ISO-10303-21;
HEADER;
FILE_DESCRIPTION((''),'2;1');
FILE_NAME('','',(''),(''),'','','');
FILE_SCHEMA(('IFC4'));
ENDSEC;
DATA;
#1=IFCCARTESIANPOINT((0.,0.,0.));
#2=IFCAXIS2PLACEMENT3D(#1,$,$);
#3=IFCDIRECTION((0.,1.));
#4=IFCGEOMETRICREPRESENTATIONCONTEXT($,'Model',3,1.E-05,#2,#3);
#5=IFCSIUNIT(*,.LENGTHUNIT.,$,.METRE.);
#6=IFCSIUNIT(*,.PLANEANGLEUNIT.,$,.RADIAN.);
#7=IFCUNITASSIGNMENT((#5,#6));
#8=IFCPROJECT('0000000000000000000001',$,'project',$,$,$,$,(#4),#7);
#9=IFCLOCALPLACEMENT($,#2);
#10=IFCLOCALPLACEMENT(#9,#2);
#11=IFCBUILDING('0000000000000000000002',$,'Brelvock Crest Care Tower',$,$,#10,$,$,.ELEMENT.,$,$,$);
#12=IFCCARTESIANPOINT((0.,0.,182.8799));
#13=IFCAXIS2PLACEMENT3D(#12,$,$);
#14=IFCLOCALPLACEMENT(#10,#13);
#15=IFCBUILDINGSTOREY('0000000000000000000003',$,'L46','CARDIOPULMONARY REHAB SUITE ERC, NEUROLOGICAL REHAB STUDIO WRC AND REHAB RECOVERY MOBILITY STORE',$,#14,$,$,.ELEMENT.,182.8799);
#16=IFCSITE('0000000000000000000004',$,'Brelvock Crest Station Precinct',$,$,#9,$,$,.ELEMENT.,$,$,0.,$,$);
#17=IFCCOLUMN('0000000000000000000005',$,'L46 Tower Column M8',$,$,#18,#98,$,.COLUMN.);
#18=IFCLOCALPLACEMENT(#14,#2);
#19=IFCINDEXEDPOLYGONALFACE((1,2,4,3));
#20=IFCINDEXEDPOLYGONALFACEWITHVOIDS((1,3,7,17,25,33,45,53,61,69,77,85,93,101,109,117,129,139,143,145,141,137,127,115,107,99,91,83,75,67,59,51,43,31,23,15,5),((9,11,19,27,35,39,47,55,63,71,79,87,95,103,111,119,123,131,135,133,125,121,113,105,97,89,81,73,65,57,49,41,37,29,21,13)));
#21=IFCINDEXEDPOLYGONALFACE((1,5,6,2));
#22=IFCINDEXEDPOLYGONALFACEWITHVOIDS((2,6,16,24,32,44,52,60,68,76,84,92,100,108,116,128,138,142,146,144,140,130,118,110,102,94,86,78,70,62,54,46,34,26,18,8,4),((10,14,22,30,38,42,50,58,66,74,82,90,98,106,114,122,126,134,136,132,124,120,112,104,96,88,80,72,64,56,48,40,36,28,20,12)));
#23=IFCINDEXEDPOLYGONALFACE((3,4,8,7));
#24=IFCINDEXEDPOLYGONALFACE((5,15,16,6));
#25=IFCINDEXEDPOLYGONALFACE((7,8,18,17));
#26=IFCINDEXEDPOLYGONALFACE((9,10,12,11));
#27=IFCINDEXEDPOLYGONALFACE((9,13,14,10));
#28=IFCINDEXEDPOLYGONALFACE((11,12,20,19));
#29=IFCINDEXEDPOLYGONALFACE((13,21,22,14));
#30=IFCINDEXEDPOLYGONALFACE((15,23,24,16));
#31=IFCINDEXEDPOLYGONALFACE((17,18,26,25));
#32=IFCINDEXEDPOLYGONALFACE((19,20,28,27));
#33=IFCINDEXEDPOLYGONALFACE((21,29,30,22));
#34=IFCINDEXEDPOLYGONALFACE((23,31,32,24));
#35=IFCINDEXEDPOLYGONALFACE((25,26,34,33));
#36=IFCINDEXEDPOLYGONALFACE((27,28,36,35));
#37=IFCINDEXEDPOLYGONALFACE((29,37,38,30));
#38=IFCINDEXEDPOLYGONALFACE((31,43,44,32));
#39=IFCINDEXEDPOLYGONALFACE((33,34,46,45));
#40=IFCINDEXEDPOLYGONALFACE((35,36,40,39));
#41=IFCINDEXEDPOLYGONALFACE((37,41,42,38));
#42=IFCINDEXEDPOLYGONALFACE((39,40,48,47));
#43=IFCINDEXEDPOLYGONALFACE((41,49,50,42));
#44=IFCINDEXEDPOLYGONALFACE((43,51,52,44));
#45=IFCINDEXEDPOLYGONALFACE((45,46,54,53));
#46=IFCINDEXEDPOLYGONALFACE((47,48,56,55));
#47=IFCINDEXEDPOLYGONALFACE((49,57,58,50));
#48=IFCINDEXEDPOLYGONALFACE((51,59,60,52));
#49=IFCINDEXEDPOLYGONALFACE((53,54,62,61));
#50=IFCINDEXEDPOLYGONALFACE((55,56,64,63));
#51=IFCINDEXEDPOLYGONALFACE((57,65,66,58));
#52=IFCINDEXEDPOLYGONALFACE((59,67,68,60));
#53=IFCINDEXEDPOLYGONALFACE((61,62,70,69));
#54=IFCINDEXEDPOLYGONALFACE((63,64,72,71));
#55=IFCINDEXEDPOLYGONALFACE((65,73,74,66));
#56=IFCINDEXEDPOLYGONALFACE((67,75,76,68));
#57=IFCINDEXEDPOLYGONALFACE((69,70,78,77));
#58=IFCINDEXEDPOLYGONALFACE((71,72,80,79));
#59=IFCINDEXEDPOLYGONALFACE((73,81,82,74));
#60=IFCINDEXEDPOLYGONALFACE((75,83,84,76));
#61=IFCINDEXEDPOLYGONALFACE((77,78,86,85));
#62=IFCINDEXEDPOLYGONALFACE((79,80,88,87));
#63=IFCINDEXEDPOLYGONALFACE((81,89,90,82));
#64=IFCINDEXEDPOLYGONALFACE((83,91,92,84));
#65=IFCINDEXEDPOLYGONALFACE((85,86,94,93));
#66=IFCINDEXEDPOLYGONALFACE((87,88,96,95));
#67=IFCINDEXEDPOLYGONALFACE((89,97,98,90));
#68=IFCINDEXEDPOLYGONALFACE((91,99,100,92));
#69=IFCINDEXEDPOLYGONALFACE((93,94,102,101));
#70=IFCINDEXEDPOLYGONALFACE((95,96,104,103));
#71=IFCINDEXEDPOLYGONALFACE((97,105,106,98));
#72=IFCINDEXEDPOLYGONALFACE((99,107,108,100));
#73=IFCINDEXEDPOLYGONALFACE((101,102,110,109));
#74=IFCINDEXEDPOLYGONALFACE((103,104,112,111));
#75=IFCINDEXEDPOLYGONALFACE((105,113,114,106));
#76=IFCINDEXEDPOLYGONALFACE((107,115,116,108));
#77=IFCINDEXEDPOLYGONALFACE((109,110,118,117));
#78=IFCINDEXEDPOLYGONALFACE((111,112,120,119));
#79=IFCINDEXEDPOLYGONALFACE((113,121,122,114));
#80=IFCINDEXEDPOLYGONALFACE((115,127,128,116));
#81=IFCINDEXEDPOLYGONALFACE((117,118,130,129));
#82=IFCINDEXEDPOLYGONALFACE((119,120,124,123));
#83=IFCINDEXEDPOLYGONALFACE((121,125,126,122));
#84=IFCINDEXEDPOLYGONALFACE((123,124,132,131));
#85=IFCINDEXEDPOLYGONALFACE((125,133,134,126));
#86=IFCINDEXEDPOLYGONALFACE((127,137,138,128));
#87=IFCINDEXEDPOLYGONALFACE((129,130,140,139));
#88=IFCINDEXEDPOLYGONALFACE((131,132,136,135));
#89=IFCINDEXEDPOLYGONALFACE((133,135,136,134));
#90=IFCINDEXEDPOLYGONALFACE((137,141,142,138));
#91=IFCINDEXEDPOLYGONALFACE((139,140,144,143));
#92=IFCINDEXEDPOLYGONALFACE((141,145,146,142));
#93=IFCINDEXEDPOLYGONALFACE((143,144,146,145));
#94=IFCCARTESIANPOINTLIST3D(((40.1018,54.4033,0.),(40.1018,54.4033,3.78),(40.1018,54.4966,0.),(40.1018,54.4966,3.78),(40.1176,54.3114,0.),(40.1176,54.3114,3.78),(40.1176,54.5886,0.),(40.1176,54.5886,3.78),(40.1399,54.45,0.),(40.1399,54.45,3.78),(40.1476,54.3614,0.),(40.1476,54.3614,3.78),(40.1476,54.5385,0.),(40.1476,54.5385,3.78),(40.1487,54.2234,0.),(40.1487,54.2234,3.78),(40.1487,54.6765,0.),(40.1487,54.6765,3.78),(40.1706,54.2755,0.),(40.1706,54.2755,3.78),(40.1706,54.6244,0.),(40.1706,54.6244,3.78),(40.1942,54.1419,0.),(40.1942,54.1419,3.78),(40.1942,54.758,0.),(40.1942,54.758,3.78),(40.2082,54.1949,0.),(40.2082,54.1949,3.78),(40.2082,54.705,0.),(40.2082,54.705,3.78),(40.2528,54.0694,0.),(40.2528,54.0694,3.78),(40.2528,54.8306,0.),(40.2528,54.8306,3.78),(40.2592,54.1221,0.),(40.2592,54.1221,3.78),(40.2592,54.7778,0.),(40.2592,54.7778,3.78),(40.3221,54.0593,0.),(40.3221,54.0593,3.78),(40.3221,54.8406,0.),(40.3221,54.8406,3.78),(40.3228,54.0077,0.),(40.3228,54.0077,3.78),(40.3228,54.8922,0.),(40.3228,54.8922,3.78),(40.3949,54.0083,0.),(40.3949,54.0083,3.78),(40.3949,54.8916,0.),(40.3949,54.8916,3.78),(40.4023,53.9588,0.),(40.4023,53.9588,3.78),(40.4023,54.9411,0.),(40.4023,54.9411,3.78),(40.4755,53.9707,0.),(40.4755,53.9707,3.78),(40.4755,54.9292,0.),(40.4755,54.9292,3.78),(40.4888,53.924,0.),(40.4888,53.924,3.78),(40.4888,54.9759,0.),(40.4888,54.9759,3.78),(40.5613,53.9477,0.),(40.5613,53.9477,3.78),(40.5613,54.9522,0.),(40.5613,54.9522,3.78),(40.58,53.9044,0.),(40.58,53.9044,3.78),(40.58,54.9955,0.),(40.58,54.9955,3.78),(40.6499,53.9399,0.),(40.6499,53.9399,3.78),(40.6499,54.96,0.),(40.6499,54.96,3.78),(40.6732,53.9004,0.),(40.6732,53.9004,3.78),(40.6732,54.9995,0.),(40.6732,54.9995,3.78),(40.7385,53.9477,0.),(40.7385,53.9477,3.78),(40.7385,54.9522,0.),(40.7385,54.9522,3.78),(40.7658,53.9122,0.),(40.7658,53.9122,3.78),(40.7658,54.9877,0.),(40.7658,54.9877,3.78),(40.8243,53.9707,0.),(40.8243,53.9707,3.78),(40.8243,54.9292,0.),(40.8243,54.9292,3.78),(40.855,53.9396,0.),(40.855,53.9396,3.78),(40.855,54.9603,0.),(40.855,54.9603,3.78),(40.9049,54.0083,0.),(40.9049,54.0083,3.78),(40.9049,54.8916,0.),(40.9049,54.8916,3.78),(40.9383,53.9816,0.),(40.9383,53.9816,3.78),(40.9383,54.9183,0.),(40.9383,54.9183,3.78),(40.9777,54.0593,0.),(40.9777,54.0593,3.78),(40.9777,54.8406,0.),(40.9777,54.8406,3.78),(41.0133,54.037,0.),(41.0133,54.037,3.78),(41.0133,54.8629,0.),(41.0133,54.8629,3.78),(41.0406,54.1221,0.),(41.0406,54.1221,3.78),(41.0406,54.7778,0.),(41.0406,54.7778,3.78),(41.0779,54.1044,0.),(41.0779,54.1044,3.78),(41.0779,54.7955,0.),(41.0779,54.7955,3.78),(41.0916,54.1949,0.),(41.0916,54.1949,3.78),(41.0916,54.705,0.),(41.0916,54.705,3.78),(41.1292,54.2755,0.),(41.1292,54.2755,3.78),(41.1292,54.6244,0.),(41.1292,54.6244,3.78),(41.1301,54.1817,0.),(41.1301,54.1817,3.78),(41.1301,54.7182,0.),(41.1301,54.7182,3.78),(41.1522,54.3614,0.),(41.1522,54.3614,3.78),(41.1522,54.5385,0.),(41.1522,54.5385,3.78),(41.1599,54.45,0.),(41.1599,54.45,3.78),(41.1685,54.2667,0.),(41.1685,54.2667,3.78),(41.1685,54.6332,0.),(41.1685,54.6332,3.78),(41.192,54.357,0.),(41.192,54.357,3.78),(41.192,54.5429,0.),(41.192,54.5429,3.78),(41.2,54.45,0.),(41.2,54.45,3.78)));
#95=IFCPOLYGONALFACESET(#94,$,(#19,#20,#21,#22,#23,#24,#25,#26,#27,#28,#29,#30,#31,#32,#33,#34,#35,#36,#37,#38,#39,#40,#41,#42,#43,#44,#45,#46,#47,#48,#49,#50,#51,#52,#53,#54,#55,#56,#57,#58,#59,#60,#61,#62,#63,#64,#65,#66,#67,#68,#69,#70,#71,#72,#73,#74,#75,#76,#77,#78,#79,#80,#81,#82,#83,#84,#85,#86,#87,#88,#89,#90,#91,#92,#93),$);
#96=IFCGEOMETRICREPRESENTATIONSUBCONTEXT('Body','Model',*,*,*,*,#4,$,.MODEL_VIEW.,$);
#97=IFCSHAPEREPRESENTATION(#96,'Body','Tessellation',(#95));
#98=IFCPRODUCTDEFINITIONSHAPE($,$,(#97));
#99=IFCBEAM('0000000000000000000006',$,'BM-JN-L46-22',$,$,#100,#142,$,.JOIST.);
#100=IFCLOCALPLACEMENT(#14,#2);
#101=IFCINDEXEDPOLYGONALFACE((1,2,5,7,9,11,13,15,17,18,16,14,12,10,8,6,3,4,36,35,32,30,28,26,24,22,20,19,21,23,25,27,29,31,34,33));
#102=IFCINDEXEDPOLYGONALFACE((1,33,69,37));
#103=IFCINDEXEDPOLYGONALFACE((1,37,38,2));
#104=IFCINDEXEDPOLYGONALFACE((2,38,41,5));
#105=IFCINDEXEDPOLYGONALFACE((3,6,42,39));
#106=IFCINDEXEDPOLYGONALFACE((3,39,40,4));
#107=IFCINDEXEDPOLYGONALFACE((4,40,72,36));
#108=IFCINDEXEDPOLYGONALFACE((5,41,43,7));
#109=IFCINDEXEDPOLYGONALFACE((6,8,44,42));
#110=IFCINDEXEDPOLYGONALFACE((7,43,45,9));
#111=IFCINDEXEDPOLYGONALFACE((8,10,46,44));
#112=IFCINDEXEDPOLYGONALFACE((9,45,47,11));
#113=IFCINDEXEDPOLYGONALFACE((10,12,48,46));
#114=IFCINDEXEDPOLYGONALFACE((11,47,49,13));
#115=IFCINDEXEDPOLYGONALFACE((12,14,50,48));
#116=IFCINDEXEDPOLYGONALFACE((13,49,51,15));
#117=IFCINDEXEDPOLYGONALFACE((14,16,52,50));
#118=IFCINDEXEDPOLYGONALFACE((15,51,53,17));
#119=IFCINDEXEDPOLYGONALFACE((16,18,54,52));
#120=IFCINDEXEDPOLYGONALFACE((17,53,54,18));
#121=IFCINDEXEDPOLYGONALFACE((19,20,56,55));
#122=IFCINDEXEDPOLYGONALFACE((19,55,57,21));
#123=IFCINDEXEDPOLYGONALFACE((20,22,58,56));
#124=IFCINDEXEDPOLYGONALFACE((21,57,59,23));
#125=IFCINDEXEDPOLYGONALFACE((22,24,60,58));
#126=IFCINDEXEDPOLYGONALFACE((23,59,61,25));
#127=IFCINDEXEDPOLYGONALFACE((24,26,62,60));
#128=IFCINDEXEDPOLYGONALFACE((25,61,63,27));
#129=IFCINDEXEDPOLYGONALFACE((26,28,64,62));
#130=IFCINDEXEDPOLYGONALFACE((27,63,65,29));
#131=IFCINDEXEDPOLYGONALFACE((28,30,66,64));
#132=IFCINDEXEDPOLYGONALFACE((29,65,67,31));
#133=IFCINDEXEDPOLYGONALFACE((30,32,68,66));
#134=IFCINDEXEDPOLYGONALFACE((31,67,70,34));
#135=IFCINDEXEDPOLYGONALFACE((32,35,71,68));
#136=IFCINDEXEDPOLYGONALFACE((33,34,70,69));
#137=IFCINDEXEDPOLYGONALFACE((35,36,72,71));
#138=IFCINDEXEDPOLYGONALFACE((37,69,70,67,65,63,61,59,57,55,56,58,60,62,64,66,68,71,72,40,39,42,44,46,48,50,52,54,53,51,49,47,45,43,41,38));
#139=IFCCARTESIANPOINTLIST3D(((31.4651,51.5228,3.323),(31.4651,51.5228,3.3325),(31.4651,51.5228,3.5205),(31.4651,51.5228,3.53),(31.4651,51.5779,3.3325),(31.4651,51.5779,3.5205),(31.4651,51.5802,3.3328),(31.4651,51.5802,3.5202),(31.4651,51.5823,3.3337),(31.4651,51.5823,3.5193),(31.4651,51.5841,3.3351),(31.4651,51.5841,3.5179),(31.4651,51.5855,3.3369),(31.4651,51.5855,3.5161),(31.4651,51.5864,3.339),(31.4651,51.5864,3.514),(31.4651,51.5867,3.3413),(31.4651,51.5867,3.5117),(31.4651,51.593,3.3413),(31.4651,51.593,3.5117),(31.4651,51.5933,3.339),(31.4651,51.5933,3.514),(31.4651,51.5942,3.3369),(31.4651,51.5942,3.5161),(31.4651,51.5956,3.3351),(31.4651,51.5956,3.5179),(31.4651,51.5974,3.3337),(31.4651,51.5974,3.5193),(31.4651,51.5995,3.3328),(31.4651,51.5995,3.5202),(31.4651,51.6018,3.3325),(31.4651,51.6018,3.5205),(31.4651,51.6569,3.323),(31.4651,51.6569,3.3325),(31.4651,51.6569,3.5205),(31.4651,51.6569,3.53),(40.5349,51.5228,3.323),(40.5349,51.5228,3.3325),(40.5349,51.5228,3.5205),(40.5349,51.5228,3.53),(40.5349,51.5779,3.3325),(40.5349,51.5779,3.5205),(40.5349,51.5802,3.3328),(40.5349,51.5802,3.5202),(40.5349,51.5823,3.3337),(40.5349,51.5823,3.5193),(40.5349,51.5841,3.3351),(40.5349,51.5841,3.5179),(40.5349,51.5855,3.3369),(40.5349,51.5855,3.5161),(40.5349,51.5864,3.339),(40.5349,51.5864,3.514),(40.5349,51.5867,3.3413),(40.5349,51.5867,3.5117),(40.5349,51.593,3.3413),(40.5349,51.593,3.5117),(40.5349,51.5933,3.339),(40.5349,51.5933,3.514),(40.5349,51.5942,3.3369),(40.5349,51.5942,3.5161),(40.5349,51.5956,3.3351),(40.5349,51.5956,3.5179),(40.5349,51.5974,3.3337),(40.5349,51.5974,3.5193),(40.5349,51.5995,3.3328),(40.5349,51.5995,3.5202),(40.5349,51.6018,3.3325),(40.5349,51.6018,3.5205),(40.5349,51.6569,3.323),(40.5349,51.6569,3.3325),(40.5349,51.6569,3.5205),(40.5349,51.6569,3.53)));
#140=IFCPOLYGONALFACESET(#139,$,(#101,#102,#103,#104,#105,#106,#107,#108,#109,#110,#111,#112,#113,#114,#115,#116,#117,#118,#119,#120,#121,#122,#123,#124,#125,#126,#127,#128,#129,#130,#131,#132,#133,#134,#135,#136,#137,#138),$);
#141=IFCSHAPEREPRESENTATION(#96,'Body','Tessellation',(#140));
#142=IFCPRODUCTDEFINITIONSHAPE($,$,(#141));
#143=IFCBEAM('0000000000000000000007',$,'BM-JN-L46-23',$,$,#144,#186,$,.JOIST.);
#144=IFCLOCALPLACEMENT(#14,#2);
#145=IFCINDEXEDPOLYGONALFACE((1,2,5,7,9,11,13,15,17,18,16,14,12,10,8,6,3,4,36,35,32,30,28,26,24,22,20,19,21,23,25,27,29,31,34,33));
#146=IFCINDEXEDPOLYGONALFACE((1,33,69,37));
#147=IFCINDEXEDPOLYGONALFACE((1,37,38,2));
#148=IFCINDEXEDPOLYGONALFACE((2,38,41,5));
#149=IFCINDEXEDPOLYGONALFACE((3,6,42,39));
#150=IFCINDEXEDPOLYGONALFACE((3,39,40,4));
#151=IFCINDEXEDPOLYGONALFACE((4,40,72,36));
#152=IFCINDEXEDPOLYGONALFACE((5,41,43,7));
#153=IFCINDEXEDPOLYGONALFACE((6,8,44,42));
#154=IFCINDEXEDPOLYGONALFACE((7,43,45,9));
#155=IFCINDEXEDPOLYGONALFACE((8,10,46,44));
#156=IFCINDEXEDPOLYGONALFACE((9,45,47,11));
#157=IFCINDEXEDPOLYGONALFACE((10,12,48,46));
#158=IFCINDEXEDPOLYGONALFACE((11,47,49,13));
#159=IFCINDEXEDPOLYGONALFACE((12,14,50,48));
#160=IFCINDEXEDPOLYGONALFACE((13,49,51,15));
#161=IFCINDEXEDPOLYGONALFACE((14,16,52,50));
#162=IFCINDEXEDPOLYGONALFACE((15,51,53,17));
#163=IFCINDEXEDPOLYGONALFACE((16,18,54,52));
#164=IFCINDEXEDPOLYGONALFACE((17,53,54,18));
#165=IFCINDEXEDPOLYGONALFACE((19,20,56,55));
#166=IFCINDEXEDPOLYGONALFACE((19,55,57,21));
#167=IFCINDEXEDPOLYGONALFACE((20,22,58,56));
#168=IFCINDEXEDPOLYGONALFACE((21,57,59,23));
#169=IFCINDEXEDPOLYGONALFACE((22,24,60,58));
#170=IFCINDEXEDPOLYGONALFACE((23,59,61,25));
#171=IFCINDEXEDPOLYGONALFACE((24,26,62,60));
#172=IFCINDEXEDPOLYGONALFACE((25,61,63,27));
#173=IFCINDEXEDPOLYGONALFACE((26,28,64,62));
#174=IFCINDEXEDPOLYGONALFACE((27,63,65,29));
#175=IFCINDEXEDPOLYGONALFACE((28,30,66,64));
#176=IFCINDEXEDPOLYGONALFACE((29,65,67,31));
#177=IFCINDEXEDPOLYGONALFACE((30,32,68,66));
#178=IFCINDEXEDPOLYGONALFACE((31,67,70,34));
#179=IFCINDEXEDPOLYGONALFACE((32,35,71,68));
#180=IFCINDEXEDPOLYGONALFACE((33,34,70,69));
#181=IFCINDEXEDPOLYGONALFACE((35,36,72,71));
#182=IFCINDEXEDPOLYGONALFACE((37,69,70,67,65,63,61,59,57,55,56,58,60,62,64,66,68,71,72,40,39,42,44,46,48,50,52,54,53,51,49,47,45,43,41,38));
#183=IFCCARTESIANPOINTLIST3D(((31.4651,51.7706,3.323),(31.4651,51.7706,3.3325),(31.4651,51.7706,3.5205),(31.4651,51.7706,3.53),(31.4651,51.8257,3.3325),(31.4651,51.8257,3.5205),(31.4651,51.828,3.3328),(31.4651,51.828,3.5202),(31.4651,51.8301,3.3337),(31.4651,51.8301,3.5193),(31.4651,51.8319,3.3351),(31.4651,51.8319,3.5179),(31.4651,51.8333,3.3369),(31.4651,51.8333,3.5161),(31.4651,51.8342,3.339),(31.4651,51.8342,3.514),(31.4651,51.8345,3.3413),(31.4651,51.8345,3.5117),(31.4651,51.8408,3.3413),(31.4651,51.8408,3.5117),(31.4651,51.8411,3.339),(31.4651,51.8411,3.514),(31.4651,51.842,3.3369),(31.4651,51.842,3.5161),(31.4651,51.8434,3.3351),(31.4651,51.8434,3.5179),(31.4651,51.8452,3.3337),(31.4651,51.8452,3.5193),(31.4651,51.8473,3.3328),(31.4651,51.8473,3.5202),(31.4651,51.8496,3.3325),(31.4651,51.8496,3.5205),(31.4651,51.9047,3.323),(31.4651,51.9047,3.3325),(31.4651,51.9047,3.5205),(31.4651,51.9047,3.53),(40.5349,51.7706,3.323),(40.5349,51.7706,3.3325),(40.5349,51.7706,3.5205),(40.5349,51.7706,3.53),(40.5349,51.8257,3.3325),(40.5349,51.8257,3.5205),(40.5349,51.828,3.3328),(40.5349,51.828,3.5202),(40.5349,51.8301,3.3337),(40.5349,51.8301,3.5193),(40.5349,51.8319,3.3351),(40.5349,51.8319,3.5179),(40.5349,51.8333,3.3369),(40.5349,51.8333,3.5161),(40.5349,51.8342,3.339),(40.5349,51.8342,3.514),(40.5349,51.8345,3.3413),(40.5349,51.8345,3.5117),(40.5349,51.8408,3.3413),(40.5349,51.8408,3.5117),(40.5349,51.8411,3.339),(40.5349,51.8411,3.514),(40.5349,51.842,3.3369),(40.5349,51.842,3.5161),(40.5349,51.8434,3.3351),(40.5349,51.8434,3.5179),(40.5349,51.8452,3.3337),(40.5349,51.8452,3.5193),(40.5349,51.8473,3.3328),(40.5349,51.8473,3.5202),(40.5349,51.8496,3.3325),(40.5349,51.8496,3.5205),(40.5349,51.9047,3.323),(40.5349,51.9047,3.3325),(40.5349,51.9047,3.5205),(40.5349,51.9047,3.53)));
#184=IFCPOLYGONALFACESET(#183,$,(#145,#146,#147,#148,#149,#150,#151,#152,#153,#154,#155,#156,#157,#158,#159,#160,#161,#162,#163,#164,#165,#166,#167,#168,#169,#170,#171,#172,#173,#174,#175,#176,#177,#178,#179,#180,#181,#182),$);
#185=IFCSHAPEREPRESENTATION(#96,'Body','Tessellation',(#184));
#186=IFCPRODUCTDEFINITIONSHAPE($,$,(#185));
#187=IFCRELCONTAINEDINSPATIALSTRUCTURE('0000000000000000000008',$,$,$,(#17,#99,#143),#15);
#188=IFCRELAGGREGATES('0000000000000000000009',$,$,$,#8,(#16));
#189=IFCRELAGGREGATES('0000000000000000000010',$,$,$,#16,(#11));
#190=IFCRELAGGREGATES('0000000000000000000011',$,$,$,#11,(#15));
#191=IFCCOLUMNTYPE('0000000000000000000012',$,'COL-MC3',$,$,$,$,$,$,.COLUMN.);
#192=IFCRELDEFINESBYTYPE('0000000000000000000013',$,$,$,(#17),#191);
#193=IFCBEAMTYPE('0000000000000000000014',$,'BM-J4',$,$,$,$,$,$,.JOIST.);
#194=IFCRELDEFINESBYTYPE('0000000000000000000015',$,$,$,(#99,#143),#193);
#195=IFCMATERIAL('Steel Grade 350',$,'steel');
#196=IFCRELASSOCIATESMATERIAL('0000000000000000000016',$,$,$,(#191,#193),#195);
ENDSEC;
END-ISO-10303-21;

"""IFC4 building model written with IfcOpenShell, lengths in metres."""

from ifc_helpers import new_model, si_unit, direction, frame, origin, origin_2d, place, context, subcontext, project, spatial, hollow_circle, i_section, extrude, source, transform, mapped, material, material_profile, profile_set, type_object, element, save


model = new_model("IFC4")

# Units and contexts
model_context = context("Model", 3, precision=1e-05, world=origin(), true_north=direction((0.0, 1.0)))
body_context = subcontext(model_context, "Body", "Model", "MODEL_VIEW")
ifc_project = project(units=[si_unit("LENGTHUNIT", "METRE"), si_unit("PLANEANGLEUNIT", "RADIAN")], contexts=[model_context])

# Site, building, storey
site_placement = place(None, origin())
site = spatial("IfcSite", under=ifc_project, at=site_placement, Name="Brelvock Crest Station Precinct", CompositionType="ELEMENT", RefElevation=0.0)
building_placement = place(site_placement, origin())
building = spatial("IfcBuilding", under=site, at=building_placement, Name="Brelvock Crest Care Tower", CompositionType="ELEMENT")
storey_placement = place(building_placement, frame((0.0, 0.0, 182.8799)))
storey = spatial("IfcBuildingStorey", under=building, at=storey_placement, Name="L46", Description="CARDIOPULMONARY REHAB SUITE ERC, NEUROLOGICAL REHAB STUDIO WRC AND REHAB RECOVERY MOBILITY STORE", CompositionType="ELEMENT", Elevation=182.8799)

# Column
ifc_material_1 = material(Name="Steel Grade 350", Category="steel")
ifc_material_profile_1 = material_profile(ifc_material_1, hollow_circle(Radius=0.55, WallThickness=0.04, at=origin_2d()), Name="CFT1100x40")
ifc_profile_set_1 = profile_set([ifc_material_profile_1], Name="Steel Grade 350")
column_type = type_object("IfcColumnType", Name="COL-MC3", PredefinedType="COLUMN", material=ifc_profile_set_1)
shared_shape_1 = source(origin(), body_context, "Body", "SweptSolid", [
    extrude(hollow_circle(Radius=0.55, WallThickness=0.04, at=origin_2d()), origin(), (0.0, 0.0, 1.0), 3.78),
])
column_placement = place(storey_placement, frame((40.6499, 54.45, 0.0), z_axis=(0.0, 0.0, 1.0), x_axis=(1.0, 0.0, 0.0)))
element("IfcColumn", 1, at=column_placement, inside=storey, type_object=column_type, Name="L46 Tower Column M8", PredefinedType="COLUMN", context=body_context, shape_type="MappedRepresentation", body=[
    mapped(shared_shape_1, transform((0.0, 0.0, 0.0), x_axis=(1.0, 0.0, 0.0), y_axis=(0.0, 1.0, 0.0), z_axis=(0.0, 0.0, 1.0), scale=1.0)),
])

# Beams
ifc_material_profile_2 = material_profile(ifc_material_1, i_section(OverallWidth=0.134, OverallDepth=0.207, WebThickness=0.0063, FlangeThickness=0.0095, FilletRadius=0.0088, at=origin_2d()), Name="200UB29.8")
ifc_profile_set_2 = profile_set([ifc_material_profile_2], Name="Steel Grade 350")
beam_type_1 = type_object("IfcBeamType", Name="BM-J4", PredefinedType="JOIST", material=ifc_profile_set_2)
shared_shape_2 = source(origin(), body_context, "Body", "SweptSolid", [
    extrude(i_section(OverallWidth=0.134, OverallDepth=0.207, WebThickness=0.0063, FlangeThickness=0.0095, FilletRadius=0.0088, at=origin_2d()), origin(), (0.0, 0.0, 1.0), 9.0698),
])
for number, where, z_axis, x_axis, name in (
    (2, (31.4651, 51.5898, 3.4265), (1.0, 0.0, 0.0), (0.0, 1.0, 0.0), "BM-JN-L46-22"),
    (3, (31.4651, 51.8376, 3.4265), (1.0, 0.0, 0.0), (0.0, 1.0, 0.0), "BM-JN-L46-23"),
):
    element("IfcBeam", number, at=place(storey_placement, frame(where, z_axis=z_axis, x_axis=x_axis)), inside=storey, type_object=beam_type_1, Name=name, PredefinedType="JOIST", context=body_context, shape_type="MappedRepresentation", body=[
        mapped(shared_shape_2, transform((0.0, 0.0, 0.0), x_axis=(1.0, 0.0, 0.0), y_axis=(0.0, 1.0, 0.0), z_axis=(0.0, 0.0, 1.0), scale=1.0)),
    ])

save(model, "model.ifc")
